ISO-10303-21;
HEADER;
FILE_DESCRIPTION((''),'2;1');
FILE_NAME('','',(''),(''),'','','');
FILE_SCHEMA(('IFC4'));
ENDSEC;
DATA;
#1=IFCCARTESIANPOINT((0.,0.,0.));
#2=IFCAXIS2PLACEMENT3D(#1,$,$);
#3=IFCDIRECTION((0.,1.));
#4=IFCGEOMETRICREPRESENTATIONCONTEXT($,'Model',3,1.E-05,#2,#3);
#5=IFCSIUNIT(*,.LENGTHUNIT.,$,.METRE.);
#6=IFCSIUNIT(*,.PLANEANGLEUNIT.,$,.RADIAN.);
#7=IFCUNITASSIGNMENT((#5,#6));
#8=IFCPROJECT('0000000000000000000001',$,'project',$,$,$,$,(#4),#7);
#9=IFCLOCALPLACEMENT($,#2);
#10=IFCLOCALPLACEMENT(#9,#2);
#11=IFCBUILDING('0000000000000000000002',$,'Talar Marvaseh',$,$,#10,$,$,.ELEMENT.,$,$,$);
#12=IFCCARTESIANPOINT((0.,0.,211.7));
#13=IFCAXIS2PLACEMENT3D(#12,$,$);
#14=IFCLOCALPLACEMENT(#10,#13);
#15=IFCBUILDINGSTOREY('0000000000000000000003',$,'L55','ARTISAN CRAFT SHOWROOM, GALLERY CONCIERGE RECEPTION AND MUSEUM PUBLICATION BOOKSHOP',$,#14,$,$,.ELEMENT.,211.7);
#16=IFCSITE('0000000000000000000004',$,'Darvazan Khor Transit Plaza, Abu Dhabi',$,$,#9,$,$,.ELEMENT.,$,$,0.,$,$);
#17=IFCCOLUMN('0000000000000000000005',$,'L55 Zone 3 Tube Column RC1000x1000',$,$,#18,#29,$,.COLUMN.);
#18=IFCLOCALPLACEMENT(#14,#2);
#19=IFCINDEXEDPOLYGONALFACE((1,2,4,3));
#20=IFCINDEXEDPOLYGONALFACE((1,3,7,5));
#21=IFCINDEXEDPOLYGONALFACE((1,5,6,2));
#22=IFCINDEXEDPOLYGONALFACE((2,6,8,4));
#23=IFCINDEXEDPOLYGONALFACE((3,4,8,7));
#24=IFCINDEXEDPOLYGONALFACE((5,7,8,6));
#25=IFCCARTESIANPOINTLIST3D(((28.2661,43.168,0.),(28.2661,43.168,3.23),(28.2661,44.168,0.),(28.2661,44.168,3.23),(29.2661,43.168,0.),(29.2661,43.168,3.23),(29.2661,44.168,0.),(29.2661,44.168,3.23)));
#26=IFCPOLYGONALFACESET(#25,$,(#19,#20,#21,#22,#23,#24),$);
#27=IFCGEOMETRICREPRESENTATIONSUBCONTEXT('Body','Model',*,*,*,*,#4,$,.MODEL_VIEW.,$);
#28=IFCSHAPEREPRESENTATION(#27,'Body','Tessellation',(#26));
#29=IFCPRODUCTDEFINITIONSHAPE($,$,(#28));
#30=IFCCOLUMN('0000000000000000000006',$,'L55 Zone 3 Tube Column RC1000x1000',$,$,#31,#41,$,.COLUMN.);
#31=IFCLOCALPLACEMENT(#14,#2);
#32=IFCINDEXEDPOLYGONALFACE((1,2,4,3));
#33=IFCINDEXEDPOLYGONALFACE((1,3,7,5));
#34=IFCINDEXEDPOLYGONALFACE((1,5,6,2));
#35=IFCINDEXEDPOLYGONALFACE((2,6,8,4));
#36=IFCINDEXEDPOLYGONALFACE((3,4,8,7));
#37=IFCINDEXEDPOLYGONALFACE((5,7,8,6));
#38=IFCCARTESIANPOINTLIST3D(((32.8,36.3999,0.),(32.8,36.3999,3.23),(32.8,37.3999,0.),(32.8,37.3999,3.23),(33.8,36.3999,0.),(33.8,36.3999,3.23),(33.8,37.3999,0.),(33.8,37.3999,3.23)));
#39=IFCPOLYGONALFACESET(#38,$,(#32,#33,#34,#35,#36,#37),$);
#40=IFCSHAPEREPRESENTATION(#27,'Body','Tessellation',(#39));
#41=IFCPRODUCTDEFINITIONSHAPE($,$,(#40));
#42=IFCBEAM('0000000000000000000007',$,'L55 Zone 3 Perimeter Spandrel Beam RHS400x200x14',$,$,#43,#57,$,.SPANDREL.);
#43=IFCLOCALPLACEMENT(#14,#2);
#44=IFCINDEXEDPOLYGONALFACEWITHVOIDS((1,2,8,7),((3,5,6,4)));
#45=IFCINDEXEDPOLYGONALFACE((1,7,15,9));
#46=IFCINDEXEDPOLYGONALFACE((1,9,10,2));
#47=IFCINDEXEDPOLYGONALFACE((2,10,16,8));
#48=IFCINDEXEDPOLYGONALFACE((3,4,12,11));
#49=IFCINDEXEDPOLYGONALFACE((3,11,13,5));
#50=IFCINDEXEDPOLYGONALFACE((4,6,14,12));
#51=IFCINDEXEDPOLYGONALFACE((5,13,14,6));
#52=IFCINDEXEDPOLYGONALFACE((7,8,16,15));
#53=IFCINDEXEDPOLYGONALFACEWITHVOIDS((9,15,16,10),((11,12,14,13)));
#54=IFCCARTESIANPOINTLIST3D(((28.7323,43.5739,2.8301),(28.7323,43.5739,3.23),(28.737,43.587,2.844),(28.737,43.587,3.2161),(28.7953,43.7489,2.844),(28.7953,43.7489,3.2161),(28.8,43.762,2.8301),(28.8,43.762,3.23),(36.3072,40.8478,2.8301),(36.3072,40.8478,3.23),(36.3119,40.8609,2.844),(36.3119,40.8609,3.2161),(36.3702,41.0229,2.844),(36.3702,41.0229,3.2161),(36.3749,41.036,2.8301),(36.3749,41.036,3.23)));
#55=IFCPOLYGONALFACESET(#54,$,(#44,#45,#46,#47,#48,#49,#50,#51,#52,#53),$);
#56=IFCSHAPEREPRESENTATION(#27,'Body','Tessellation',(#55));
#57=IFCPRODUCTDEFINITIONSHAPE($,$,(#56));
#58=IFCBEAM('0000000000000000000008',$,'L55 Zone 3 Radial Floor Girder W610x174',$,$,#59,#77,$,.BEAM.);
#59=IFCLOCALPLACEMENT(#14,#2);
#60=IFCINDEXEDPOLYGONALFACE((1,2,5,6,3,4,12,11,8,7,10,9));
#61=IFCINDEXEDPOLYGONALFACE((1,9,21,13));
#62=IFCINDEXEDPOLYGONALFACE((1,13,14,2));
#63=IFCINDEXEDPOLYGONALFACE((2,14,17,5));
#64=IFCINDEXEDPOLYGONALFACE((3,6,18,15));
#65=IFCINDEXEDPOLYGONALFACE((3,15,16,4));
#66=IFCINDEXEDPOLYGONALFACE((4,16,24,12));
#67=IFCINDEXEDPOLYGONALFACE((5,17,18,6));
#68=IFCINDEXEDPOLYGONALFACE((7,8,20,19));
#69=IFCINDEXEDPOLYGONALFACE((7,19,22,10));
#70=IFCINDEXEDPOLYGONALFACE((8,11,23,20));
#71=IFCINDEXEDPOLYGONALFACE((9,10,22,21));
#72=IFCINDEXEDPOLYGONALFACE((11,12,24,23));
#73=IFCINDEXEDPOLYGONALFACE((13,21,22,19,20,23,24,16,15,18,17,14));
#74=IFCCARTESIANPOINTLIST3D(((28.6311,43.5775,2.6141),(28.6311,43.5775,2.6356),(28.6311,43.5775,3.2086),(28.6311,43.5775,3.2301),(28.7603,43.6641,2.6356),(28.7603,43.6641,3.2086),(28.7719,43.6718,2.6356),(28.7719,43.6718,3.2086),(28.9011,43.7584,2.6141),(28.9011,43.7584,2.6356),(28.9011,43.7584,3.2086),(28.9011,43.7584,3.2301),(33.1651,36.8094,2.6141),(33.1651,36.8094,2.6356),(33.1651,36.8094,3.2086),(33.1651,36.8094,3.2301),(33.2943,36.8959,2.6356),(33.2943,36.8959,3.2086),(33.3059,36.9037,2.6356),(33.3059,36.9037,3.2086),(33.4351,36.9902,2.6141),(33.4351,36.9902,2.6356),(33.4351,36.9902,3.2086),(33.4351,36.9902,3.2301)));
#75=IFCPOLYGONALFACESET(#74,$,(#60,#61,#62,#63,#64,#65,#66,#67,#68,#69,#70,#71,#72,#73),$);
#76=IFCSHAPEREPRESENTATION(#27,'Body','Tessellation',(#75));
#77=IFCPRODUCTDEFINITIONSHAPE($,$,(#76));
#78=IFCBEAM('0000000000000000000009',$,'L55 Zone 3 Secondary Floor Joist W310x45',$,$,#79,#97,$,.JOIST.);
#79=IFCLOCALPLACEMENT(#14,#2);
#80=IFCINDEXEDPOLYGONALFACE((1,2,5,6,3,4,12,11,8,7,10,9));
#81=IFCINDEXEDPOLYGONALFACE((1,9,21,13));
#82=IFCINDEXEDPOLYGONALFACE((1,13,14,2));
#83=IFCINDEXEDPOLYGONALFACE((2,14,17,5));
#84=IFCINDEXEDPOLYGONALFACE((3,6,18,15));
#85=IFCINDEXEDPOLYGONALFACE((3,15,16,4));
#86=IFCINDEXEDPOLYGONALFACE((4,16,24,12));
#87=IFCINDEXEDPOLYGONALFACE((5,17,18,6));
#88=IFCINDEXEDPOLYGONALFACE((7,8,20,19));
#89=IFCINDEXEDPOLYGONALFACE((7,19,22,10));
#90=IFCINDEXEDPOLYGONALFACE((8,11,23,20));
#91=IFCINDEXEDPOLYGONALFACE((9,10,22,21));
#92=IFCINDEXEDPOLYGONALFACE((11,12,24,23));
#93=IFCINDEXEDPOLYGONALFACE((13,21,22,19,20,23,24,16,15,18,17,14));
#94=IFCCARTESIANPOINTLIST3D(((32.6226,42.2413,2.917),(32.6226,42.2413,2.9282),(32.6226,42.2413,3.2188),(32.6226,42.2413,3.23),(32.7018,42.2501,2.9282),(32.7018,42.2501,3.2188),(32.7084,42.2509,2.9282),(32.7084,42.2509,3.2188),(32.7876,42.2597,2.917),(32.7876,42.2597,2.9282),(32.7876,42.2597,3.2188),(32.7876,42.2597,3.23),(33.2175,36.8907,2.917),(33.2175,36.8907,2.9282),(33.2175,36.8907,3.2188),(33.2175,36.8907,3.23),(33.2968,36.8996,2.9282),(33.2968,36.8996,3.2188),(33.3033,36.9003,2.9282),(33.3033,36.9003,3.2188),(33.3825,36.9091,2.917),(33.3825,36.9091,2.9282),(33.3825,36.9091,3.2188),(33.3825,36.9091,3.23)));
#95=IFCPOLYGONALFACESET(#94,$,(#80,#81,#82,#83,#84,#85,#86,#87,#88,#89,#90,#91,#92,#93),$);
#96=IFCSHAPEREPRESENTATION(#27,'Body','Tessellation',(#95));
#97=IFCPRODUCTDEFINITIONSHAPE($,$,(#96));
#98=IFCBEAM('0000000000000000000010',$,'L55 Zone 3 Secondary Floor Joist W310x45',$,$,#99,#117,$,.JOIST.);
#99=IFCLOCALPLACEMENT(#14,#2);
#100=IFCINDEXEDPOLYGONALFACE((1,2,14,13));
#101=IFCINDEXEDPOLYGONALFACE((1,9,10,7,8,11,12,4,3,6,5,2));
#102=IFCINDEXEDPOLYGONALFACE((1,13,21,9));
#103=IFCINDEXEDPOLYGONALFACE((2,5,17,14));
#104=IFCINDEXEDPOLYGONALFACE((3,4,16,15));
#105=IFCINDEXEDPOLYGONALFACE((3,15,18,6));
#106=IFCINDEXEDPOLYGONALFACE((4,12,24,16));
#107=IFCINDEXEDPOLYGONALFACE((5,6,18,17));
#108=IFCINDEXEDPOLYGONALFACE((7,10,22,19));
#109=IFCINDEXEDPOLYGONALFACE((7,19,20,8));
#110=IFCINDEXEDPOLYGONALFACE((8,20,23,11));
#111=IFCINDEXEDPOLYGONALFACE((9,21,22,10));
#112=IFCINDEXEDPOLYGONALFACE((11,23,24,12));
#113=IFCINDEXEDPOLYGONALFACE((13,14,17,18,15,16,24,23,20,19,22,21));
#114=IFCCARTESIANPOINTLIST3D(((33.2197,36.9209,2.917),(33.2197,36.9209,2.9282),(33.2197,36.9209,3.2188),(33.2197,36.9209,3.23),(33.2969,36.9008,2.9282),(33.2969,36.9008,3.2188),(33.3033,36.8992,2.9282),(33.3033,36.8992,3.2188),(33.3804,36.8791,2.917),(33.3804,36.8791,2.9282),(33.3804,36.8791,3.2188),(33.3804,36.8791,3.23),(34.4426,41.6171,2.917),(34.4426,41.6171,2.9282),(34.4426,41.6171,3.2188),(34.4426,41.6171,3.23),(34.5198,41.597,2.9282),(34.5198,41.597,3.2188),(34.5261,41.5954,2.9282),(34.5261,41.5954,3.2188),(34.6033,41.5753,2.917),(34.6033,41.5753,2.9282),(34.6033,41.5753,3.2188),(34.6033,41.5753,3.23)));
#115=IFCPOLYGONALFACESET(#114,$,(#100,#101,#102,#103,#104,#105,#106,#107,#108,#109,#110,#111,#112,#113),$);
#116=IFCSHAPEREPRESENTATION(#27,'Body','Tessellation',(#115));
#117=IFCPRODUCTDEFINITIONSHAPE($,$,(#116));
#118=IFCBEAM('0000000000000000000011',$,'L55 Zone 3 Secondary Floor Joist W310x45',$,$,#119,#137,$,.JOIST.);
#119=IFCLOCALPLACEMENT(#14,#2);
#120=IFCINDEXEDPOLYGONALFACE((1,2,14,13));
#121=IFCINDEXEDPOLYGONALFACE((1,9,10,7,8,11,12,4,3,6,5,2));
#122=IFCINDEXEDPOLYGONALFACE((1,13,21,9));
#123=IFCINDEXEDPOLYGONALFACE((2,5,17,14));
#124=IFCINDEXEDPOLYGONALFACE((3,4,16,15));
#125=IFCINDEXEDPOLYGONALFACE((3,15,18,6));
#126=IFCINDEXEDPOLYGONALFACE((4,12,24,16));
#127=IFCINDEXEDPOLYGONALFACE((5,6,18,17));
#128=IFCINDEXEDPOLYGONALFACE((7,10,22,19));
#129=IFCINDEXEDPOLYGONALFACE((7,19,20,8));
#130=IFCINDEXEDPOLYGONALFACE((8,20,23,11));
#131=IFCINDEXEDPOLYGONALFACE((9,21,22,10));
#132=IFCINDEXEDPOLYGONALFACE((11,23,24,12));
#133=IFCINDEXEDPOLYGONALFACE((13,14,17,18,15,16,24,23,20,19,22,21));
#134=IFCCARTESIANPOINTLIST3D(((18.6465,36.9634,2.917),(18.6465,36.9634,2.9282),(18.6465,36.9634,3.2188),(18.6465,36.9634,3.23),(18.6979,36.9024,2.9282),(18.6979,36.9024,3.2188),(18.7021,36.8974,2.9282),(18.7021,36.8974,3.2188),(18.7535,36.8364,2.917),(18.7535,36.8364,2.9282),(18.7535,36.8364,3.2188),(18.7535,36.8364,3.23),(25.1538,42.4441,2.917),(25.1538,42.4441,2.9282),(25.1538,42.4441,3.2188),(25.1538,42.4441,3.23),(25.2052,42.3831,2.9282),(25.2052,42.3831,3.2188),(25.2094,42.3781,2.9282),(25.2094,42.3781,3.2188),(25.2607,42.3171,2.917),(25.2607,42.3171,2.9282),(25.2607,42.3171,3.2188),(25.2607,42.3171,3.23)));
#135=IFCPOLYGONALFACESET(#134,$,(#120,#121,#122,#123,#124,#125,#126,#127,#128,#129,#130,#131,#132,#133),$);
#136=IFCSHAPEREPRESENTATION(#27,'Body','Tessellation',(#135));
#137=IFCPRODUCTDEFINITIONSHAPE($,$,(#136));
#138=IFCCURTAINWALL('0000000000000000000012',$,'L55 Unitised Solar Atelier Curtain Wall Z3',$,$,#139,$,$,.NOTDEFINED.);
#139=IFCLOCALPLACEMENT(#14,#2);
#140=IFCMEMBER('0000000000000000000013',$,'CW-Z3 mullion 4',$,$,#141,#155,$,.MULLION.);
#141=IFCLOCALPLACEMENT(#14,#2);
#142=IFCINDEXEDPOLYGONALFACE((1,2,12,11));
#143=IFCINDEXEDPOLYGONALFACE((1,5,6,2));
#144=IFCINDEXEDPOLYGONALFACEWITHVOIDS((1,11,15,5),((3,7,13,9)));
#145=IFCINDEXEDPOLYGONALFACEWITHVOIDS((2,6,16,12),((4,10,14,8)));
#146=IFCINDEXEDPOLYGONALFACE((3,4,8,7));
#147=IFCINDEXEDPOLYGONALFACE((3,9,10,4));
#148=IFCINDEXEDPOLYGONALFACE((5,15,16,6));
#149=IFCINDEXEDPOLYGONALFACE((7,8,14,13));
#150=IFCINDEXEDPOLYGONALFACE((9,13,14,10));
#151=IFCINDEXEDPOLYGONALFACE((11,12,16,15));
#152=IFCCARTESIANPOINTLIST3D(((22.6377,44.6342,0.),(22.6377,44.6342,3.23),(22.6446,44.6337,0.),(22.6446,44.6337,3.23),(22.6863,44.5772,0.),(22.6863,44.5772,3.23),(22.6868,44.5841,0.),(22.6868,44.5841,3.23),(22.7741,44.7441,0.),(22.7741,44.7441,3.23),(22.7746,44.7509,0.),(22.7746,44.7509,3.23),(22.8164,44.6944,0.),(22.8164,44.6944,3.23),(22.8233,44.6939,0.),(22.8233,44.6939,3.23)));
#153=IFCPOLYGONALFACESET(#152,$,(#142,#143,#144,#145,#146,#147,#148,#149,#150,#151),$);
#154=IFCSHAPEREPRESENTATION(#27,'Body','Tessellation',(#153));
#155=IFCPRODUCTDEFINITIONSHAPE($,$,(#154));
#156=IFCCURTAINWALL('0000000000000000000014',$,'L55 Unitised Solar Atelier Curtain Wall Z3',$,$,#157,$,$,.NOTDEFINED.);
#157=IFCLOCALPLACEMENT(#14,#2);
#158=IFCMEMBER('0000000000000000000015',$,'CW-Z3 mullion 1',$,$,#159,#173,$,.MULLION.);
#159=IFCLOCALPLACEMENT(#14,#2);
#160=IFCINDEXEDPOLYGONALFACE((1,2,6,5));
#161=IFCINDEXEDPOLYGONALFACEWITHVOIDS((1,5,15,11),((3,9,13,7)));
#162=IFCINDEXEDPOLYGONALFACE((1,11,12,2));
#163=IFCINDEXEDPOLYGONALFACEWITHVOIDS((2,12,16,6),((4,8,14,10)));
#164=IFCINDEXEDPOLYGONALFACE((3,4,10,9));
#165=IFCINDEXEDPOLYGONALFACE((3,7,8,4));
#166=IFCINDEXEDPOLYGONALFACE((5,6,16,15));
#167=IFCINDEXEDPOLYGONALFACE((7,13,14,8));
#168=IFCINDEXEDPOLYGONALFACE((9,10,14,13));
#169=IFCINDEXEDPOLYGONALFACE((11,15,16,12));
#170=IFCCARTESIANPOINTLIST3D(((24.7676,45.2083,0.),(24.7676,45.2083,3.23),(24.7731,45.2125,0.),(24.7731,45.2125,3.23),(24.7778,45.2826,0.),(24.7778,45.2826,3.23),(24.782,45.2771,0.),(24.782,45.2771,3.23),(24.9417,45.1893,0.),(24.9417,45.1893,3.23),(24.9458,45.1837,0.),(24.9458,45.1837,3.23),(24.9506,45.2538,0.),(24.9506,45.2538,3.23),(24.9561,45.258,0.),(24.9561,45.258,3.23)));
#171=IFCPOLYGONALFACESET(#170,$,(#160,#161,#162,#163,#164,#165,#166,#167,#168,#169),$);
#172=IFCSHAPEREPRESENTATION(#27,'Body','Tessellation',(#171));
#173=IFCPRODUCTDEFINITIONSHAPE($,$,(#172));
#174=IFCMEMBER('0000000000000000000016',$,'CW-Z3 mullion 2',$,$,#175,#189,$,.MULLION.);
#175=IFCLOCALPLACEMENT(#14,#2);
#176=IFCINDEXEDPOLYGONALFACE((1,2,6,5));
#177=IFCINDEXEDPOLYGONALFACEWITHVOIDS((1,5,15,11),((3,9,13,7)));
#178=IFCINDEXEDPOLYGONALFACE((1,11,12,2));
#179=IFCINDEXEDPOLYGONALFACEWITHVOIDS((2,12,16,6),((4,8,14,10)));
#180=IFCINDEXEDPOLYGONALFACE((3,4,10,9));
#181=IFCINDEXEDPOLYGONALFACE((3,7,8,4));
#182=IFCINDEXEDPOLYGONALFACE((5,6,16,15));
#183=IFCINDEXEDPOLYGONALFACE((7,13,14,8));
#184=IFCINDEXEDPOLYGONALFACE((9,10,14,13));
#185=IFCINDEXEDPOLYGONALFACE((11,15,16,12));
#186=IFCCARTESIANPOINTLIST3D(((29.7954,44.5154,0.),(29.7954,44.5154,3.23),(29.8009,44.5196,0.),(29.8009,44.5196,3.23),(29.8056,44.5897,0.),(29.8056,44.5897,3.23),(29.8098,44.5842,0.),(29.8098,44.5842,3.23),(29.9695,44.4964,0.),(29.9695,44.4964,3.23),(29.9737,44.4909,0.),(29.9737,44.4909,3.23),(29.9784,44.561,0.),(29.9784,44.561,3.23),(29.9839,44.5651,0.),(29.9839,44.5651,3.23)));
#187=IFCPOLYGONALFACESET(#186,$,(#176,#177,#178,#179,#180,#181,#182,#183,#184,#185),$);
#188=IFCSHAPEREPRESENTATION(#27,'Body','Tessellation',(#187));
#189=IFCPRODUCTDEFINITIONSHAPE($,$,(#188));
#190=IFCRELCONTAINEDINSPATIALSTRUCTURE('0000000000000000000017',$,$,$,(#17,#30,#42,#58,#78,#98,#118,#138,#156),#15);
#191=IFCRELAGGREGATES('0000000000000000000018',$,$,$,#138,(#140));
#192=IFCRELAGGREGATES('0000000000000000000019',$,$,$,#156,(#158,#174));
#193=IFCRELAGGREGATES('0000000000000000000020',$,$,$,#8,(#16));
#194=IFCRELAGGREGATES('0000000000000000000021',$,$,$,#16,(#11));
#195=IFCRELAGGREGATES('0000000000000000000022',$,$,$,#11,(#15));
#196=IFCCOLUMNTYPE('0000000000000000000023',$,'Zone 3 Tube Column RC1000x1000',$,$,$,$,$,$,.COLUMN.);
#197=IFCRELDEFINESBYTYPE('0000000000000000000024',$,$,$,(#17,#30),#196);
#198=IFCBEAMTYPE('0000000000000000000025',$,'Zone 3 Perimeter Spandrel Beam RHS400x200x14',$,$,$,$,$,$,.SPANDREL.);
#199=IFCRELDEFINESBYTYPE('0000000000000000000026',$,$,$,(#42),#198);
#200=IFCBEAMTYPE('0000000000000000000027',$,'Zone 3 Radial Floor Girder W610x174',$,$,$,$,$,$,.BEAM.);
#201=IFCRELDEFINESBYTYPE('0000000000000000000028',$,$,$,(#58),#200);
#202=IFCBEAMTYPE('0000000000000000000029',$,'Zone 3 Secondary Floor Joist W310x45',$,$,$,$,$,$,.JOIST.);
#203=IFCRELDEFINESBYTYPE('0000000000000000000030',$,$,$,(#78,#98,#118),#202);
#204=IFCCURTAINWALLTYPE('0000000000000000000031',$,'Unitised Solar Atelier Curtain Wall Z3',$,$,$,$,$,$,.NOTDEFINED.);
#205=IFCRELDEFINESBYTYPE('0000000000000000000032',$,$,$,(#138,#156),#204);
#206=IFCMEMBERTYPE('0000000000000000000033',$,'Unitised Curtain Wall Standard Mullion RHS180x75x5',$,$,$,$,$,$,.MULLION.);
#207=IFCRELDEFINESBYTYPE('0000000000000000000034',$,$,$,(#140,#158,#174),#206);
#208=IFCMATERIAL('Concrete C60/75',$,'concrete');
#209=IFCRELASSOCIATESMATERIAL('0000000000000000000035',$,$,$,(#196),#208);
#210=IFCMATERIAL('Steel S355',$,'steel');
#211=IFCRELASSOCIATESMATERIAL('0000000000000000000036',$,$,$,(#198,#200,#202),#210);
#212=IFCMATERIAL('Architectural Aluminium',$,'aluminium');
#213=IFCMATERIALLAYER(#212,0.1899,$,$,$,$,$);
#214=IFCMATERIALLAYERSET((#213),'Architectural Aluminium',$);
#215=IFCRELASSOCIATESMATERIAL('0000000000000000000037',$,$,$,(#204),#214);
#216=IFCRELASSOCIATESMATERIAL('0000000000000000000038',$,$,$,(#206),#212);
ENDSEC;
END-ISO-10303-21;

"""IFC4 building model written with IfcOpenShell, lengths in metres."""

from ifc_helpers import new_model, si_unit, direction, frame, origin, origin_2d, place, context, subcontext, project, spatial, rectangle, hollow_rectangle, i_section, extrude, source, transform, mapped, material, layer, layer_set, material_profile, profile_set, type_object, type_shapes, element, aggregate, save


model = new_model("IFC4")

# Units and contexts
model_context = context("Model", 3, precision=1e-05, world=origin(), true_north=direction((0.0, 1.0)))
body_context = subcontext(model_context, "Body", "Model", "MODEL_VIEW")
ifc_project = project(units=[si_unit("LENGTHUNIT", "METRE"), si_unit("PLANEANGLEUNIT", "RADIAN")], contexts=[model_context])

# Site, building, storey
site_placement = place(None, origin())
site = spatial("IfcSite", under=ifc_project, at=site_placement, Name="Darvazan Khor Transit Plaza, Abu Dhabi", CompositionType="ELEMENT", RefElevation=0.0)
building_placement = place(site_placement, origin())
building = spatial("IfcBuilding", under=site, at=building_placement, Name="Talar Marvaseh", CompositionType="ELEMENT")
storey_placement = place(building_placement, frame((0.0, 0.0, 211.7)))
storey = spatial("IfcBuildingStorey", under=building, at=storey_placement, Name="L55", Description="ARTISAN CRAFT SHOWROOM, GALLERY CONCIERGE RECEPTION AND MUSEUM PUBLICATION BOOKSHOP", CompositionType="ELEMENT", Elevation=211.7)

# Columns
ifc_material_1 = material(Name="Concrete C60/75", Category="concrete")
ifc_material_profile_1 = material_profile(ifc_material_1, rectangle(XDim=1.0, YDim=1.0, at=origin_2d()), Name="RC1000x1000")
ifc_profile_set_1 = profile_set([ifc_material_profile_1], Name="Concrete C60/75")
column_type = type_object("IfcColumnType", Name="Zone 3 Tube Column RC1000x1000", PredefinedType="COLUMN", material=ifc_profile_set_1)
for number, where, z_axis, x_axis, name in (
    (1, (28.7661, 43.668, 0.0), (0.0, 0.0, 1.0), (1.0, 0.0, 0.0), "L55 Zone 3 Tube Column RC1000x1000"),
    (2, (33.3, 36.8999, 0.0), (0.0, 0.0, 1.0), (1.0, 0.0, 0.0), "L55 Zone 3 Tube Column RC1000x1000"),
):
    element("IfcColumn", number, at=place(storey_placement, frame(where, z_axis=z_axis, x_axis=x_axis)), inside=storey, type_object=column_type, Name=name, PredefinedType="COLUMN", context=body_context, shape_type="SweptSolid", body=[
        extrude(rectangle(XDim=1.0, YDim=1.0, at=origin_2d()), origin(), (0.0, 0.0, 1.0), 3.23),
    ])

# Beams
ifc_material_2 = material(Name="Steel S355", Category="steel")
ifc_material_profile_2 = material_profile(ifc_material_2, hollow_rectangle(XDim=0.2, YDim=0.3999, WallThickness=0.0139, at=origin_2d()), Name="RHS400x200x14")
ifc_profile_set_2 = profile_set([ifc_material_profile_2], Name="Steel S355")
beam_type_1 = type_object("IfcBeamType", Name="Zone 3 Perimeter Spandrel Beam RHS400x200x14", PredefinedType="SPANDREL", material=ifc_profile_set_2)
beam_1_placement = place(storey_placement, frame((28.7661, 43.668, 3.03), z_axis=(0.940923, -0.33862, 0.0), x_axis=(0.33862, 0.940923, 0.0)))
element("IfcBeam", 3, at=beam_1_placement, inside=storey, type_object=beam_type_1, Name="L55 Zone 3 Perimeter Spandrel Beam RHS400x200x14", PredefinedType="SPANDREL", context=body_context, shape_type="SweptSolid", body=[
    extrude(hollow_rectangle(XDim=0.2, YDim=0.3999, WallThickness=0.0139, at=origin_2d()), origin(), (0.0, 0.0, 1.0), 8.0505),
])
ifc_material_profile_3 = material_profile(ifc_material_2, i_section(OverallWidth=0.325, OverallDepth=0.616, WebThickness=0.0139, FlangeThickness=0.0215, at=origin_2d()), Name="W610x174")
ifc_profile_set_3 = profile_set([ifc_material_profile_3], Name="Steel S355")
beam_type_2 = type_object("IfcBeamType", Name="Zone 3 Radial Floor Girder W610x174", PredefinedType="BEAM", material=ifc_profile_set_3)
beam_2_placement = place(storey_placement, frame((28.7661, 43.668, 2.9221), z_axis=(0.556559, -0.830808, 0.0), x_axis=(0.830808, 0.556559, 0.0)))
element("IfcBeam", 4, at=beam_2_placement, inside=storey, type_object=beam_type_2, Name="L55 Zone 3 Radial Floor Girder W610x174", PredefinedType="BEAM", context=body_context, shape_type="SweptSolid", body=[
    extrude(i_section(OverallWidth=0.325, OverallDepth=0.616, WebThickness=0.0139, FlangeThickness=0.0215, at=origin_2d()), origin(), (0.0, 0.0, 1.0), 8.1465),
])
ifc_material_profile_4 = material_profile(ifc_material_2, i_section(OverallWidth=0.166, OverallDepth=0.313, WebThickness=0.0066, FlangeThickness=0.0112, at=origin_2d()), Name="W310x45")
ifc_profile_set_4 = profile_set([ifc_material_profile_4], Name="Steel S355")
beam_type_3 = type_object("IfcBeamType", Name="Zone 3 Secondary Floor Joist W310x45", PredefinedType="JOIST", material=ifc_profile_set_4)
beam_3_placement = place(storey_placement, frame((32.7051, 42.2505, 3.0735), z_axis=(0.110516, -0.993874, 0.0), x_axis=(0.993874, 0.110516, 0.0)))
element("IfcBeam", 5, at=beam_3_placement, inside=storey, type_object=beam_type_3, Name="L55 Zone 3 Secondary Floor Joist W310x45", PredefinedType="JOIST", context=body_context, shape_type="SweptSolid", body=[
    extrude(i_section(OverallWidth=0.166, OverallDepth=0.313, WebThickness=0.0066, FlangeThickness=0.0112, at=origin_2d()), origin(), (0.0, 0.0, 1.0), 5.3835),
])
beam_4_placement = place(storey_placement, frame((34.5229, 41.5962, 3.0735), z_axis=(-0.251994, -0.967729, 0.0), x_axis=(0.967729, -0.251994, 0.0)))
element("IfcBeam", 6, at=beam_4_placement, inside=storey, type_object=beam_type_3, Name="L55 Zone 3 Secondary Floor Joist W310x45", PredefinedType="JOIST", context=body_context, shape_type="SweptSolid", body=[
    extrude(i_section(OverallWidth=0.166, OverallDepth=0.313, WebThickness=0.0066, FlangeThickness=0.0112, at=origin_2d()), origin(), (0.0, 0.0, 1.0), 4.8528),
])
beam_5_placement = place(storey_placement, frame((25.2073, 42.3806, 3.0735), z_axis=(-0.764861, -0.644195, 0.0), x_axis=(0.644195, -0.764861, 0.0)))
element("IfcBeam", 7, at=beam_5_placement, inside=storey, type_object=beam_type_3, Name="L55 Zone 3 Secondary Floor Joist W310x45", PredefinedType="JOIST", context=body_context, shape_type="SweptSolid", body=[
    extrude(i_section(OverallWidth=0.166, OverallDepth=0.313, WebThickness=0.0066, FlangeThickness=0.0112, at=origin_2d()), origin(), (0.0, 0.0, 1.0), 8.5078),
])

# Curtain wall, member
ifc_material_3 = material(Name="Architectural Aluminium", Category="aluminium")
ifc_layer_1 = layer(ifc_material_3, 0.1899)
ifc_layer_set_1 = layer_set([ifc_layer_1], Name="Architectural Aluminium")
curtain_wall_type = type_object("IfcCurtainWallType", Name="Unitised Solar Atelier Curtain Wall Z3", PredefinedType="NOTDEFINED", material=ifc_layer_set_1)
curtain_wall_1_placement = place(storey_placement, origin())
curtain_wall_1 = element("IfcCurtainWall", 8, at=curtain_wall_1_placement, inside=storey, type_object=curtain_wall_type, Name="L55 Unitised Solar Atelier Curtain Wall Z3", PredefinedType="NOTDEFINED")
ifc_material_profile_5 = material_profile(ifc_material_3, hollow_rectangle(XDim=0.075, YDim=0.1799, WallThickness=0.0049, at=origin_2d()), Name="RHS180x75x5")
ifc_profile_set_5 = profile_set([ifc_material_profile_5], Name="Architectural Aluminium")
member_type_1 = type_object("IfcMemberType", Name="Unitised Curtain Wall Standard Mullion RHS180x75x5", PredefinedType="MULLION", material=ifc_profile_set_5)
shared_shape_1 = source(origin(), body_context, "Body", "SweptSolid", [
    extrude(hollow_rectangle(XDim=0.075, YDim=0.1799, WallThickness=0.0049, at=origin_2d()), origin(), (0.0, 0.0, 1.0), 3.23),
])
type_shapes(member_type_1, [shared_shape_1])
member_1_placement = place(storey_placement, frame((22.7305, 44.6641, 0.0), z_axis=(0.0, 0.0, 1.0), x_axis=(-0.648546, 0.761176, 0.0)))
member_1 = element("IfcMember", 9, at=member_1_placement, type_object=member_type_1, Name="CW-Z3 mullion 4", PredefinedType="MULLION", context=body_context, shape_type="MappedRepresentation", body=[
    mapped(shared_shape_1, transform((0.0, 0.0, 0.0), x_axis=(1.0, 0.0, 0.0), y_axis=(0.0, 1.0, 0.0), z_axis=(0.0, 0.0, 1.0), scale=1.0)),
])
aggregate(curtain_wall_1, [member_1])

# Curtain wall, members
curtain_wall_2_placement = place(storey_placement, origin())
curtain_wall_2 = element("IfcCurtainWall", 10, at=curtain_wall_2_placement, inside=storey, type_object=curtain_wall_type, Name="L55 Unitised Solar Atelier Curtain Wall Z3", PredefinedType="NOTDEFINED")
member_2_placement = place(storey_placement, frame((24.8618, 45.2332, 0.0), z_axis=(0.0, 0.0, 1.0), x_axis=(0.136515, 0.990638, 0.0)))
member_2 = element("IfcMember", 11, at=member_2_placement, type_object=member_type_1, Name="CW-Z3 mullion 1", PredefinedType="MULLION", context=body_context, shape_type="MappedRepresentation", body=[
    mapped(shared_shape_1, transform((0.0, 0.0, 0.0), x_axis=(1.0, 0.0, 0.0), y_axis=(0.0, 1.0, 0.0), z_axis=(0.0, 0.0, 1.0), scale=1.0)),
])
member_3_placement = place(storey_placement, frame((29.8896, 44.5403, 0.0), z_axis=(0.0, 0.0, 1.0), x_axis=(0.136515, 0.990638, 0.0)))
member_3 = element("IfcMember", 12, at=member_3_placement, type_object=member_type_1, Name="CW-Z3 mullion 2", PredefinedType="MULLION", context=body_context, shape_type="MappedRepresentation", body=[
    mapped(shared_shape_1, transform((0.0, 0.0, 0.0), x_axis=(1.0, 0.0, 0.0), y_axis=(0.0, 1.0, 0.0), z_axis=(0.0, 0.0, 1.0), scale=1.0)),
])
aggregate(curtain_wall_2, [member_2, member_3])

save(model, "model.ifc")
